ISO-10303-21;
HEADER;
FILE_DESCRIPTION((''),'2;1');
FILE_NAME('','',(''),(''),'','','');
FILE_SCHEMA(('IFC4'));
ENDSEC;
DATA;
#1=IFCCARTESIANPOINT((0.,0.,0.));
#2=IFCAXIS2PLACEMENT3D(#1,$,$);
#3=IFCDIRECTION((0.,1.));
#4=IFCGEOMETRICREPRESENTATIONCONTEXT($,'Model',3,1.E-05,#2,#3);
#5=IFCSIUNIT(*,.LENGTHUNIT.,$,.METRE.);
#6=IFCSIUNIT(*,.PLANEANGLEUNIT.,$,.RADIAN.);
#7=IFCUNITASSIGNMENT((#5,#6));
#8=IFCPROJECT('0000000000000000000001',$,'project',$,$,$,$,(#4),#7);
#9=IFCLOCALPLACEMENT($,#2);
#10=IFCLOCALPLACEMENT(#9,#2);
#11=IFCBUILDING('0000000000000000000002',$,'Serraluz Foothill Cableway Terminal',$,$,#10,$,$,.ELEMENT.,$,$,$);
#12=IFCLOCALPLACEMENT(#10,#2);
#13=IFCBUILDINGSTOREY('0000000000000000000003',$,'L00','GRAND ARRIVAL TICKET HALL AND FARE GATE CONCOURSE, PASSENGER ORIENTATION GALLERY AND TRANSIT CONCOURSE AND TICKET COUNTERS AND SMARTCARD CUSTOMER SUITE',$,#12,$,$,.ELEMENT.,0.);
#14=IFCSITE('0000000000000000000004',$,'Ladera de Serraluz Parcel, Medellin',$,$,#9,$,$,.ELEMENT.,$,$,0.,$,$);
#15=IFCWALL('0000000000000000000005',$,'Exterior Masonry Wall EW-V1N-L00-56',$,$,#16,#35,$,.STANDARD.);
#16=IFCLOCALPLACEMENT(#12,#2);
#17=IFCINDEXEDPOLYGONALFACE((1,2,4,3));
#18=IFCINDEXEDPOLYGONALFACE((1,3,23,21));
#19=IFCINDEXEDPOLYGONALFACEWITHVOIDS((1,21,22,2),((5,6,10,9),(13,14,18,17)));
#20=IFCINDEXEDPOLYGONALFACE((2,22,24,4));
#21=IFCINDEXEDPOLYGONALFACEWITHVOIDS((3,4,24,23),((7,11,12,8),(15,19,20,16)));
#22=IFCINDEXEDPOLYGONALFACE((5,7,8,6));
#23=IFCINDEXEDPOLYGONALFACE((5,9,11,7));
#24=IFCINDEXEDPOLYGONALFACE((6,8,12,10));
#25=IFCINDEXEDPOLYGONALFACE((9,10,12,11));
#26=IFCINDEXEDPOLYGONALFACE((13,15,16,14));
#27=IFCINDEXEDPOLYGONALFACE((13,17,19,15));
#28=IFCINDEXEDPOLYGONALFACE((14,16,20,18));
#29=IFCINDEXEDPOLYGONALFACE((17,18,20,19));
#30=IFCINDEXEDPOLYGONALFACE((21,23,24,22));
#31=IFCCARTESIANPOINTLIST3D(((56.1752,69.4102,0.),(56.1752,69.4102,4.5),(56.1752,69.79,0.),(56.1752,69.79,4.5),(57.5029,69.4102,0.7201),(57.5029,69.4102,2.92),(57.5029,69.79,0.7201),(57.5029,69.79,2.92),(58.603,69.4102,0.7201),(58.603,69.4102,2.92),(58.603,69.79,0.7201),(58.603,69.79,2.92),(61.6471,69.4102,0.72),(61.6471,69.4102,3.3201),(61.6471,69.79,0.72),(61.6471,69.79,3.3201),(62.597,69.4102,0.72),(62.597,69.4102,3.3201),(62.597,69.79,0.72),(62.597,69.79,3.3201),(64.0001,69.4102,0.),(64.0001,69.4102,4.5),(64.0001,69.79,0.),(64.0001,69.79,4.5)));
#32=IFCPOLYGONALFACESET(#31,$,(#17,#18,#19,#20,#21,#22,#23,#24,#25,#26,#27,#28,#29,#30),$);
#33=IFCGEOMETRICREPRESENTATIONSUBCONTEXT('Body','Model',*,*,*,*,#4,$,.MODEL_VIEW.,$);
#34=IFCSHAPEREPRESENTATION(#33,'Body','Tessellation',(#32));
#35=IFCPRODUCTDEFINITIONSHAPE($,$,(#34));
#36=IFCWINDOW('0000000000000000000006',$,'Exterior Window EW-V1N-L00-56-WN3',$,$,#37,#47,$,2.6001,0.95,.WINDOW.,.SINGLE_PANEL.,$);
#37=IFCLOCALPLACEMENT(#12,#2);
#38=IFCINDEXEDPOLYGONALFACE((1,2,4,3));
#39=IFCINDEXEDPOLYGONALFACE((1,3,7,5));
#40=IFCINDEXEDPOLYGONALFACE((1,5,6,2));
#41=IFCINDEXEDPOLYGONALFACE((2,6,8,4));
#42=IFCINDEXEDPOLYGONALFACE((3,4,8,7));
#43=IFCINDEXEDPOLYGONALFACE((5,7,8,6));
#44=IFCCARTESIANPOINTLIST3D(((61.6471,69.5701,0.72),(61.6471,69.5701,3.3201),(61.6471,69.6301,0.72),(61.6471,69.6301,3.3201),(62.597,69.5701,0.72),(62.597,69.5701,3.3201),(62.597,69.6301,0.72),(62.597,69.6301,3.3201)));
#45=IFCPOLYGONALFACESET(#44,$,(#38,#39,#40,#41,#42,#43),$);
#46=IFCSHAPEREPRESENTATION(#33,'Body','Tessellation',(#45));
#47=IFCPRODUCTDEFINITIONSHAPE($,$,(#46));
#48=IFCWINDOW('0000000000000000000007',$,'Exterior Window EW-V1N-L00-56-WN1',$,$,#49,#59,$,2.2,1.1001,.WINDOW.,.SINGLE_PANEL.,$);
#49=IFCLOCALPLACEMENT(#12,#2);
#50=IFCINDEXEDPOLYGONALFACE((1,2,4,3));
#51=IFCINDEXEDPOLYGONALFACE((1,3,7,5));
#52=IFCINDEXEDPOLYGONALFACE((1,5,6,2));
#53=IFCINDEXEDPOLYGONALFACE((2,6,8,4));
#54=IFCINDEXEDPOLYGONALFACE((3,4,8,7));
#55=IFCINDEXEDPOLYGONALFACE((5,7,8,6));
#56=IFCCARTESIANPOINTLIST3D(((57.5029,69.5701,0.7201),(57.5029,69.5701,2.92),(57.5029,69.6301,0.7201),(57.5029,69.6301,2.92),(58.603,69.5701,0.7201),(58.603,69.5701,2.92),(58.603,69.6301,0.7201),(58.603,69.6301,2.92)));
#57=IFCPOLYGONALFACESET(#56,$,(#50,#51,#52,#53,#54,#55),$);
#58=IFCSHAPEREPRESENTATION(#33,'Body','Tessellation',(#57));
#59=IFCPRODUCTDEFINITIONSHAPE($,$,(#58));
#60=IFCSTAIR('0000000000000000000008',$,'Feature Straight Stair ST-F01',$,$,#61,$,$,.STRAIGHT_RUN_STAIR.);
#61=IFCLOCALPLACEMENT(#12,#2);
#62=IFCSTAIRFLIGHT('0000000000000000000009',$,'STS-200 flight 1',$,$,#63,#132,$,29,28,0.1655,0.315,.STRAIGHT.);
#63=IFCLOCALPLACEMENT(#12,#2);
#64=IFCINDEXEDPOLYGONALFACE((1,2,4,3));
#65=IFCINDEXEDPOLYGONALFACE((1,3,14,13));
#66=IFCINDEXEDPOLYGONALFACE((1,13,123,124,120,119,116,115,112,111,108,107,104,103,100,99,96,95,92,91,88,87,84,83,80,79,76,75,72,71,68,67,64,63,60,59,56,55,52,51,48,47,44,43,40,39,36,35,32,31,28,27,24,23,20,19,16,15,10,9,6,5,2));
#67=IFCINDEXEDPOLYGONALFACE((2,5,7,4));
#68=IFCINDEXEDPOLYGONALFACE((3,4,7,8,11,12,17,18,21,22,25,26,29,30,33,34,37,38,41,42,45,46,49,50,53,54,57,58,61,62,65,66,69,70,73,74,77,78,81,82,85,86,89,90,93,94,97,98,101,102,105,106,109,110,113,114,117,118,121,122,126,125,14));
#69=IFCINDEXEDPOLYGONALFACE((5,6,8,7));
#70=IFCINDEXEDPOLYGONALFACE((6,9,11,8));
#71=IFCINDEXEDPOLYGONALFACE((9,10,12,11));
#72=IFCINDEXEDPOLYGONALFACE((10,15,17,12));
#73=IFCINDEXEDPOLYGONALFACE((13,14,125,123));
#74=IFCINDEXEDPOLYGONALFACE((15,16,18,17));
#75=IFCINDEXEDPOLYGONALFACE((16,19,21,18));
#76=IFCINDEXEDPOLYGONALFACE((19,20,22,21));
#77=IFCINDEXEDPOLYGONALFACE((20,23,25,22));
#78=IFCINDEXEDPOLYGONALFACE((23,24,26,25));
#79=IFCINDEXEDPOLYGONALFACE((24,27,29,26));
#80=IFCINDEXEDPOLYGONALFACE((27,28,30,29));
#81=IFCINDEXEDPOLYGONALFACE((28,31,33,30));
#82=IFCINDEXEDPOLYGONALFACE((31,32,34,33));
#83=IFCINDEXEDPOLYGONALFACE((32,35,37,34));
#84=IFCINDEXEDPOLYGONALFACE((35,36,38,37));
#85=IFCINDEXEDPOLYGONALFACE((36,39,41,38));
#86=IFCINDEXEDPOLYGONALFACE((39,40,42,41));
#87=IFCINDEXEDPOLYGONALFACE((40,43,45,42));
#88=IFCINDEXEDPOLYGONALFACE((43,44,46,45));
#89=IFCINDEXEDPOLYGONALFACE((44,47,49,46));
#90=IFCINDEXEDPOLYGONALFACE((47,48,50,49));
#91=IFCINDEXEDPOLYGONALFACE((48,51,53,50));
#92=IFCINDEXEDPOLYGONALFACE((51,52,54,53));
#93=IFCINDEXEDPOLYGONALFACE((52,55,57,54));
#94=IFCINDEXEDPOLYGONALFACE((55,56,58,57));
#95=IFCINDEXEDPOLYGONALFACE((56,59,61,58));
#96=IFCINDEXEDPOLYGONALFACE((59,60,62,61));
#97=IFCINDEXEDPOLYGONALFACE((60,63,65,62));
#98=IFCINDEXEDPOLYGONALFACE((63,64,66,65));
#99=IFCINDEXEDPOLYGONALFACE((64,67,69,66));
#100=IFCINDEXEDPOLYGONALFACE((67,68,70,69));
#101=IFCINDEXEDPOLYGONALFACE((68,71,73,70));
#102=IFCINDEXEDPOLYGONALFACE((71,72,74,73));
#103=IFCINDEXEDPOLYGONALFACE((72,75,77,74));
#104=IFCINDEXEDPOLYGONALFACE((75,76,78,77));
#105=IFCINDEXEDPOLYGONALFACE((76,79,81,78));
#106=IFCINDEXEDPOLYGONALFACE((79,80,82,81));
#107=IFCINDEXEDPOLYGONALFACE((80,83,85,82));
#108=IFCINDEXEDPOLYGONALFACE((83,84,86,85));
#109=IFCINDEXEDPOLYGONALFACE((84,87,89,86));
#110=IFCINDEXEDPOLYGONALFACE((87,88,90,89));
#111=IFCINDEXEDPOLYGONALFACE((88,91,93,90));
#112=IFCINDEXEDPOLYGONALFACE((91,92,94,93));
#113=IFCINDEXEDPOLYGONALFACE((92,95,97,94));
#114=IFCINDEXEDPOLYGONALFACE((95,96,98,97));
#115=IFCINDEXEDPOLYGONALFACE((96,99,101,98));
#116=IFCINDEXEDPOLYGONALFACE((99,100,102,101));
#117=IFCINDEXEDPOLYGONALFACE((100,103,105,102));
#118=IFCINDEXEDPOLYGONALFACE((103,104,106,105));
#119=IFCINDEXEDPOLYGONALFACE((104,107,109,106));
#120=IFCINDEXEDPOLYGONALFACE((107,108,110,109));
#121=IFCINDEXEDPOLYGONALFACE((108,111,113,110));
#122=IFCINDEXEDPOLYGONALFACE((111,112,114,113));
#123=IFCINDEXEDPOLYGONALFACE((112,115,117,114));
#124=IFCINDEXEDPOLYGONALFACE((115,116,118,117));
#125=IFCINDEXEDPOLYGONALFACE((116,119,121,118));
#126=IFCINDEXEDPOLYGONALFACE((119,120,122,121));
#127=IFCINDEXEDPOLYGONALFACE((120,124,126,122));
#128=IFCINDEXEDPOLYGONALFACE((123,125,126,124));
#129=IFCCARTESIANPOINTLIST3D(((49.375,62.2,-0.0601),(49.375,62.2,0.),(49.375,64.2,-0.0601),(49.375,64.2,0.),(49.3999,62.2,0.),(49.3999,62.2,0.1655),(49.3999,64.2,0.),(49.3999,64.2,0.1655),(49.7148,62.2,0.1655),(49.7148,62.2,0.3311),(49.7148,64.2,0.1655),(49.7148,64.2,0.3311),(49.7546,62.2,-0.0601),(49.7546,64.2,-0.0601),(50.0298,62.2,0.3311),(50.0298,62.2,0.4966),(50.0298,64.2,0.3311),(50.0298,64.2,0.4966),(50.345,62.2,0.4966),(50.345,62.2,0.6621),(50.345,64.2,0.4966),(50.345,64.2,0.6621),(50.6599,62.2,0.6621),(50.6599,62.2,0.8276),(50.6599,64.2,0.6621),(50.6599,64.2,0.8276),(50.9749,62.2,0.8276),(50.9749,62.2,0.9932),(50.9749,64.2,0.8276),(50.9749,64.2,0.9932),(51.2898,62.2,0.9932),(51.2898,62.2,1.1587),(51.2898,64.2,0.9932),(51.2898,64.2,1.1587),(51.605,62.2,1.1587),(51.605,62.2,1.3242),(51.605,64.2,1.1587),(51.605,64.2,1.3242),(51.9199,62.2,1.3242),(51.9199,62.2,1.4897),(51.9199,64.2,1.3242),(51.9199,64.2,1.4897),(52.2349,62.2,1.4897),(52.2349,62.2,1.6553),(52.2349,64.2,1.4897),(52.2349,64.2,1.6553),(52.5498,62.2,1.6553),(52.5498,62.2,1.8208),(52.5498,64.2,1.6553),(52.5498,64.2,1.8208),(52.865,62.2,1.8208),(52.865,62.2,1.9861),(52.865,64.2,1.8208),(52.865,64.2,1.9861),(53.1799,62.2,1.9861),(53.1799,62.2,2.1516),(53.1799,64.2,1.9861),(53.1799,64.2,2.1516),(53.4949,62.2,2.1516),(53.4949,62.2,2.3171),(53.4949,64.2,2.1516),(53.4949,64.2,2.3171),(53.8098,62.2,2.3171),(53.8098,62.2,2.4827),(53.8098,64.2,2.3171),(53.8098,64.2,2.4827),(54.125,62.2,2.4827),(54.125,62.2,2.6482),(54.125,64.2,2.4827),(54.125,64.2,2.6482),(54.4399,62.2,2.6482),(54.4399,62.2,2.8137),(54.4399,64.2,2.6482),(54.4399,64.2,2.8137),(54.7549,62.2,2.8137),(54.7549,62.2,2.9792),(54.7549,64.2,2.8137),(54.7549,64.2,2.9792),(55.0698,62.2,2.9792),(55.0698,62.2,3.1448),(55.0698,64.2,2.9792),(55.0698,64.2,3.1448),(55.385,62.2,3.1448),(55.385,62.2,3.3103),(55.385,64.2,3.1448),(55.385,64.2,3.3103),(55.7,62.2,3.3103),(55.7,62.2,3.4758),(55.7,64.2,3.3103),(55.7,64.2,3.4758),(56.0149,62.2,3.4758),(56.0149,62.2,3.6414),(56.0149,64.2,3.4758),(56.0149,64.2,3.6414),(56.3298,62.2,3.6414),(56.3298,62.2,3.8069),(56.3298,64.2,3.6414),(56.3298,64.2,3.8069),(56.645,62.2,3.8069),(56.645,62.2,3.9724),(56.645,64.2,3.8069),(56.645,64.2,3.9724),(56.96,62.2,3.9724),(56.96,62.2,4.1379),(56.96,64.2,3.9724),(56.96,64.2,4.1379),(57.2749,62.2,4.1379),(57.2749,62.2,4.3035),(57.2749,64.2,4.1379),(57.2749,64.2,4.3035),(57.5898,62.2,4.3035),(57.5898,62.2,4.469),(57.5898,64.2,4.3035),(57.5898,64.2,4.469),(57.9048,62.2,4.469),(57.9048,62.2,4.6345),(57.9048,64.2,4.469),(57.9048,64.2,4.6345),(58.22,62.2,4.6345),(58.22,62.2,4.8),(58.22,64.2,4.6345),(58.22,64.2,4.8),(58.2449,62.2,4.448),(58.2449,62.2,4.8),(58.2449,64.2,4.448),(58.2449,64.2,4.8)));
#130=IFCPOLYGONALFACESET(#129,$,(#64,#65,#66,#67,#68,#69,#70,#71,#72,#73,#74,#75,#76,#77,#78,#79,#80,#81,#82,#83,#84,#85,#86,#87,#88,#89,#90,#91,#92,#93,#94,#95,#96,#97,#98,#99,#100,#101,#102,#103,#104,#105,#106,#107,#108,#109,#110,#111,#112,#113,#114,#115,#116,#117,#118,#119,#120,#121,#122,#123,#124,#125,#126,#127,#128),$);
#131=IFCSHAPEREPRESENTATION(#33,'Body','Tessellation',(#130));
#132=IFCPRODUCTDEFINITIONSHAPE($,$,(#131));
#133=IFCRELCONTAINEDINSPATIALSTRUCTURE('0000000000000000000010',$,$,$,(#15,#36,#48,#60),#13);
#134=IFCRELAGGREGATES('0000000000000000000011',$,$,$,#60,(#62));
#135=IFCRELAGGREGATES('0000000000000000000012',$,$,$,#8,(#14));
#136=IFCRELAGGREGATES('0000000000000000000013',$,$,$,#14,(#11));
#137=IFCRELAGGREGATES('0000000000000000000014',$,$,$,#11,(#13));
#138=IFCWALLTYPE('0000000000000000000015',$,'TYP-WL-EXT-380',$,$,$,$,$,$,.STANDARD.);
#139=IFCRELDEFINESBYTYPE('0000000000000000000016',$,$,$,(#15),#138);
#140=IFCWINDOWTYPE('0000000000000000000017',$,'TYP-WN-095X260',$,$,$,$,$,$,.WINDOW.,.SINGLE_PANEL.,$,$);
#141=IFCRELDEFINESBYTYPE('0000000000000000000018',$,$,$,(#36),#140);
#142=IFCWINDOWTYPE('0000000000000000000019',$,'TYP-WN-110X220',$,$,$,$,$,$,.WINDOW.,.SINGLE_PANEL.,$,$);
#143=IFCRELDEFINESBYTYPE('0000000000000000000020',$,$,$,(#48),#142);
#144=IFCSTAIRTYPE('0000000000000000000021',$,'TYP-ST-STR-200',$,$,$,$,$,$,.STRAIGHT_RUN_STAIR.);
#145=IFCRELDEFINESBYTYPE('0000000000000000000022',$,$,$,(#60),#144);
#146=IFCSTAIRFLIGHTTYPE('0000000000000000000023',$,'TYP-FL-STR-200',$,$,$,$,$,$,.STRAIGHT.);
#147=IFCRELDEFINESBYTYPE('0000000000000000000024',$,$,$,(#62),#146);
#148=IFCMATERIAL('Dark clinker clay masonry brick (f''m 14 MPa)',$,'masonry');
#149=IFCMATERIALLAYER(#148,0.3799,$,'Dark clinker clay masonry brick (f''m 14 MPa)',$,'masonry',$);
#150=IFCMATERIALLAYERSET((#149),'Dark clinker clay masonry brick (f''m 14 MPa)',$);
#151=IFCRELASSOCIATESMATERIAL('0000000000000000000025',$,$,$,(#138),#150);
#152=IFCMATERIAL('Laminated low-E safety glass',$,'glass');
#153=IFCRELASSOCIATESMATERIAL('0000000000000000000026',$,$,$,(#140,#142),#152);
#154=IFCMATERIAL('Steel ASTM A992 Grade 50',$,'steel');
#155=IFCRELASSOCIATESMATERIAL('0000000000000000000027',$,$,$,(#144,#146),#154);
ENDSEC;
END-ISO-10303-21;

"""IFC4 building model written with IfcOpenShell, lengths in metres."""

from ifc_helpers import new_model, si_unit, direction, frame, frame_2d, origin, place, context, subcontext, project, spatial, polyline, rectangle, outline, extrude, material, layer, layer_set, type_object, element, fill, aggregate, save


model = new_model("IFC4")

# Units and contexts
model_context = context("Model", 3, precision=1e-05, world=origin(), true_north=direction((0.0, 1.0)))
body_context = subcontext(model_context, "Body", "Model", "MODEL_VIEW")
ifc_project = project(units=[si_unit("LENGTHUNIT", "METRE"), si_unit("PLANEANGLEUNIT", "RADIAN")], contexts=[model_context])

# Site, building, storey
site_placement = place(None, origin())
site = spatial("IfcSite", under=ifc_project, at=site_placement, Name="Ladera de Serraluz Parcel, Medellin", CompositionType="ELEMENT", RefElevation=0.0)
building_placement = place(site_placement, origin())
building = spatial("IfcBuilding", under=site, at=building_placement, Name="Serraluz Foothill Cableway Terminal", CompositionType="ELEMENT")
storey_placement = place(building_placement, origin())
storey = spatial("IfcBuildingStorey", under=building, at=storey_placement, Name="L00", Description="GRAND ARRIVAL TICKET HALL AND FARE GATE CONCOURSE, PASSENGER ORIENTATION GALLERY AND TRANSIT CONCOURSE AND TICKET COUNTERS AND SMARTCARD CUSTOMER SUITE", CompositionType="ELEMENT", Elevation=0.0)

# Shared definitions
ifc_material_1 = material(Name="Dark clinker clay masonry brick (f'm 14 MPa)", Category="masonry")

# Shared definitions
ifc_layer_1 = layer(ifc_material_1, 0.3799, Name="Dark clinker clay masonry brick (f'm 14 MPa)", Category="masonry")
ifc_layer_set_1 = layer_set([ifc_layer_1], Name="Dark clinker clay masonry brick (f'm 14 MPa)")
wall_type = type_object("IfcWallType", Name="TYP-WL-EXT-380", PredefinedType="STANDARD", material=ifc_layer_set_1)

# Wall, openings, windows
wall_1_placement = place(storey_placement, frame((56.175, 69.6001, 0.0), z_axis=(0.0, 0.0, 1.0), x_axis=(1.0, 0.0, 0.0)))
wall_1 = element("IfcWall", 1, at=wall_1_placement, inside=storey, type_object=wall_type, Name="Exterior Masonry Wall EW-V1N-L00-56", PredefinedType="STANDARD", context=body_context, shape_type="SweptSolid", body=[
    extrude(rectangle(XDim=7.825, YDim=0.3799, at=frame_2d((3.9126, 0.0))), origin(), (0.0, 0.0, 1.0), 4.5),
])
opening_1_placement = place(wall_1_placement, frame((1.3279, 0.0, 0.72)))
opening_1 = element("IfcOpeningElement", 2, at=opening_1_placement, cuts=wall_1, PredefinedType="OPENING", context=body_context, shape_type="SweptSolid", body=[
    extrude(rectangle(XDim=1.1001, YDim=2.2, at=frame_2d((0.55, 1.1001))), frame((0.0, 0.2, 0.0), z_axis=(0.0, -1.0, 0.0), x_axis=(1.0, 0.0, 0.0)), (0.0, 0.0, 1.0), 0.3999),
])
opening_2_placement = place(wall_1_placement, frame((5.4719, 0.0, 0.72)))
opening_2 = element("IfcOpeningElement", 3, at=opening_2_placement, cuts=wall_1, PredefinedType="OPENING", context=body_context, shape_type="SweptSolid", body=[
    extrude(rectangle(XDim=0.95, YDim=2.6001, at=frame_2d((0.4751, 1.3))), frame((0.0, 0.2, 0.0), z_axis=(0.0, -1.0, 0.0), x_axis=(1.0, 0.0, 0.0)), (0.0, 0.0, 1.0), 0.3999),
])
ifc_material_2 = material(Name="Laminated low-E safety glass", Category="glass")
window_type_1 = type_object("IfcWindowType", Name="TYP-WN-095X260", PartitioningType="SINGLE_PANEL", PredefinedType="WINDOW", material=ifc_material_2)
window_1_placement = place(opening_2_placement, origin())
window_1 = element("IfcWindow", 4, at=window_1_placement, inside=storey, type_object=window_type_1, Name="Exterior Window EW-V1N-L00-56-WN3", OverallHeight=2.6001, OverallWidth=0.95, PartitioningType="SINGLE_PANEL", PredefinedType="WINDOW", context=body_context, shape_type="SweptSolid", body=[
    extrude(rectangle(XDim=0.95, YDim=2.6001, at=frame_2d((0.4751, 1.3))), frame((0.0, 0.03, 0.0), z_axis=(0.0, -1.0, 0.0), x_axis=(1.0, 0.0, 0.0)), (0.0, 0.0, 1.0), 0.0601),
])
fill(opening_2, window_1)
window_type_2 = type_object("IfcWindowType", Name="TYP-WN-110X220", PartitioningType="SINGLE_PANEL", PredefinedType="WINDOW", material=ifc_material_2)
window_2_placement = place(opening_1_placement, origin())
window_2 = element("IfcWindow", 5, at=window_2_placement, inside=storey, type_object=window_type_2, Name="Exterior Window EW-V1N-L00-56-WN1", OverallHeight=2.2, OverallWidth=1.1001, PartitioningType="SINGLE_PANEL", PredefinedType="WINDOW", context=body_context, shape_type="SweptSolid", body=[
    extrude(rectangle(XDim=1.1001, YDim=2.2, at=frame_2d((0.55, 1.1001))), frame((0.0, 0.03, 0.0), z_axis=(0.0, -1.0, 0.0), x_axis=(1.0, 0.0, 0.0)), (0.0, 0.0, 1.0), 0.0601),
])
fill(opening_1, window_2)

# Stair, stair flight
ifc_material_3 = material(Name="Steel ASTM A992 Grade 50", Category="steel")
stair_type = type_object("IfcStairType", Name="TYP-ST-STR-200", PredefinedType="STRAIGHT_RUN_STAIR", material=ifc_material_3)
stair_placement = place(storey_placement, origin())
stair = element("IfcStair", 6, at=stair_placement, inside=storey, type_object=stair_type, Name="Feature Straight Stair ST-F01", PredefinedType="STRAIGHT_RUN_STAIR")
stair_flight_type = type_object("IfcStairFlightType", Name="TYP-FL-STR-200", PredefinedType="STRAIGHT", material=ifc_material_3)
stair_flight_placement = place(storey_placement, frame((49.3999, 63.2, 0.0), z_axis=(0.0, 0.0, 1.0), x_axis=(1.0, 0.0, 0.0)))
stair_flight = element("IfcStairFlight", 7, at=stair_flight_placement, type_object=stair_flight_type, Name="STS-200 flight 1", NumberOfRisers=29, NumberOfTreads=28, PredefinedType="STRAIGHT", RiserHeight=0.1655, TreadLength=0.315, context=body_context, shape_type="SweptSolid", body=[
    extrude(outline(polyline([(-0.0249, -0.0601), (-0.0249, 0.0), (0.0, 0.0), (0.0, 0.1655), (0.3149, 0.1655), (0.3149, 0.3311), (0.6299, 0.3311), (0.6299, 0.4966), (0.9451, 0.4966), (0.9451, 0.6621), (1.26, 0.6621), (1.26, 0.8276), (1.575, 0.8276), (1.575, 0.9932), (1.8899, 0.9932), (1.8899, 1.1587), (2.2051, 1.1587), (2.2051, 1.3242), (2.52, 1.3242), (2.52, 1.4897), (2.835, 1.4897), (2.835, 1.6553), (3.1499, 1.6553), (3.1499, 1.8208), (3.4651, 1.8208), (3.4651, 1.9861), (3.78, 1.9861), (3.78, 2.1516), (4.095, 2.1516), (4.095, 2.3171), (4.4099, 2.3171), (4.4099, 2.4827), (4.7251, 2.4827), (4.7251, 2.6482), (5.04, 2.6482), (5.04, 2.8137), (5.355, 2.8137), (5.355, 2.9792), (5.6699, 2.9792), (5.6699, 3.1448), (5.9851, 3.1448), (5.9851, 3.3103), (6.3, 3.3103), (6.3, 3.4758), (6.615, 3.4758), (6.615, 3.6414), (6.9299, 3.6414), (6.9299, 3.8069), (7.2451, 3.8069), (7.2451, 3.9724), (7.5601, 3.9724), (7.5601, 4.1379), (7.875, 4.1379), (7.875, 4.3035), (8.1899, 4.3035), (8.1899, 4.469), (8.5049, 4.469), (8.5049, 4.6345), (8.8201, 4.6345), (8.8201, 4.8), (8.845, 4.8), (8.845, 4.448), (0.3547, -0.0601), (-0.0249, -0.0601)])), frame((0.0, 1.0, 0.0), z_axis=(0.0, -1.0, 0.0), x_axis=(1.0, 0.0, 0.0)), (0.0, 0.0, 1.0), 2.0),
])
aggregate(stair, [stair_flight])

save(model, "model.ifc")
